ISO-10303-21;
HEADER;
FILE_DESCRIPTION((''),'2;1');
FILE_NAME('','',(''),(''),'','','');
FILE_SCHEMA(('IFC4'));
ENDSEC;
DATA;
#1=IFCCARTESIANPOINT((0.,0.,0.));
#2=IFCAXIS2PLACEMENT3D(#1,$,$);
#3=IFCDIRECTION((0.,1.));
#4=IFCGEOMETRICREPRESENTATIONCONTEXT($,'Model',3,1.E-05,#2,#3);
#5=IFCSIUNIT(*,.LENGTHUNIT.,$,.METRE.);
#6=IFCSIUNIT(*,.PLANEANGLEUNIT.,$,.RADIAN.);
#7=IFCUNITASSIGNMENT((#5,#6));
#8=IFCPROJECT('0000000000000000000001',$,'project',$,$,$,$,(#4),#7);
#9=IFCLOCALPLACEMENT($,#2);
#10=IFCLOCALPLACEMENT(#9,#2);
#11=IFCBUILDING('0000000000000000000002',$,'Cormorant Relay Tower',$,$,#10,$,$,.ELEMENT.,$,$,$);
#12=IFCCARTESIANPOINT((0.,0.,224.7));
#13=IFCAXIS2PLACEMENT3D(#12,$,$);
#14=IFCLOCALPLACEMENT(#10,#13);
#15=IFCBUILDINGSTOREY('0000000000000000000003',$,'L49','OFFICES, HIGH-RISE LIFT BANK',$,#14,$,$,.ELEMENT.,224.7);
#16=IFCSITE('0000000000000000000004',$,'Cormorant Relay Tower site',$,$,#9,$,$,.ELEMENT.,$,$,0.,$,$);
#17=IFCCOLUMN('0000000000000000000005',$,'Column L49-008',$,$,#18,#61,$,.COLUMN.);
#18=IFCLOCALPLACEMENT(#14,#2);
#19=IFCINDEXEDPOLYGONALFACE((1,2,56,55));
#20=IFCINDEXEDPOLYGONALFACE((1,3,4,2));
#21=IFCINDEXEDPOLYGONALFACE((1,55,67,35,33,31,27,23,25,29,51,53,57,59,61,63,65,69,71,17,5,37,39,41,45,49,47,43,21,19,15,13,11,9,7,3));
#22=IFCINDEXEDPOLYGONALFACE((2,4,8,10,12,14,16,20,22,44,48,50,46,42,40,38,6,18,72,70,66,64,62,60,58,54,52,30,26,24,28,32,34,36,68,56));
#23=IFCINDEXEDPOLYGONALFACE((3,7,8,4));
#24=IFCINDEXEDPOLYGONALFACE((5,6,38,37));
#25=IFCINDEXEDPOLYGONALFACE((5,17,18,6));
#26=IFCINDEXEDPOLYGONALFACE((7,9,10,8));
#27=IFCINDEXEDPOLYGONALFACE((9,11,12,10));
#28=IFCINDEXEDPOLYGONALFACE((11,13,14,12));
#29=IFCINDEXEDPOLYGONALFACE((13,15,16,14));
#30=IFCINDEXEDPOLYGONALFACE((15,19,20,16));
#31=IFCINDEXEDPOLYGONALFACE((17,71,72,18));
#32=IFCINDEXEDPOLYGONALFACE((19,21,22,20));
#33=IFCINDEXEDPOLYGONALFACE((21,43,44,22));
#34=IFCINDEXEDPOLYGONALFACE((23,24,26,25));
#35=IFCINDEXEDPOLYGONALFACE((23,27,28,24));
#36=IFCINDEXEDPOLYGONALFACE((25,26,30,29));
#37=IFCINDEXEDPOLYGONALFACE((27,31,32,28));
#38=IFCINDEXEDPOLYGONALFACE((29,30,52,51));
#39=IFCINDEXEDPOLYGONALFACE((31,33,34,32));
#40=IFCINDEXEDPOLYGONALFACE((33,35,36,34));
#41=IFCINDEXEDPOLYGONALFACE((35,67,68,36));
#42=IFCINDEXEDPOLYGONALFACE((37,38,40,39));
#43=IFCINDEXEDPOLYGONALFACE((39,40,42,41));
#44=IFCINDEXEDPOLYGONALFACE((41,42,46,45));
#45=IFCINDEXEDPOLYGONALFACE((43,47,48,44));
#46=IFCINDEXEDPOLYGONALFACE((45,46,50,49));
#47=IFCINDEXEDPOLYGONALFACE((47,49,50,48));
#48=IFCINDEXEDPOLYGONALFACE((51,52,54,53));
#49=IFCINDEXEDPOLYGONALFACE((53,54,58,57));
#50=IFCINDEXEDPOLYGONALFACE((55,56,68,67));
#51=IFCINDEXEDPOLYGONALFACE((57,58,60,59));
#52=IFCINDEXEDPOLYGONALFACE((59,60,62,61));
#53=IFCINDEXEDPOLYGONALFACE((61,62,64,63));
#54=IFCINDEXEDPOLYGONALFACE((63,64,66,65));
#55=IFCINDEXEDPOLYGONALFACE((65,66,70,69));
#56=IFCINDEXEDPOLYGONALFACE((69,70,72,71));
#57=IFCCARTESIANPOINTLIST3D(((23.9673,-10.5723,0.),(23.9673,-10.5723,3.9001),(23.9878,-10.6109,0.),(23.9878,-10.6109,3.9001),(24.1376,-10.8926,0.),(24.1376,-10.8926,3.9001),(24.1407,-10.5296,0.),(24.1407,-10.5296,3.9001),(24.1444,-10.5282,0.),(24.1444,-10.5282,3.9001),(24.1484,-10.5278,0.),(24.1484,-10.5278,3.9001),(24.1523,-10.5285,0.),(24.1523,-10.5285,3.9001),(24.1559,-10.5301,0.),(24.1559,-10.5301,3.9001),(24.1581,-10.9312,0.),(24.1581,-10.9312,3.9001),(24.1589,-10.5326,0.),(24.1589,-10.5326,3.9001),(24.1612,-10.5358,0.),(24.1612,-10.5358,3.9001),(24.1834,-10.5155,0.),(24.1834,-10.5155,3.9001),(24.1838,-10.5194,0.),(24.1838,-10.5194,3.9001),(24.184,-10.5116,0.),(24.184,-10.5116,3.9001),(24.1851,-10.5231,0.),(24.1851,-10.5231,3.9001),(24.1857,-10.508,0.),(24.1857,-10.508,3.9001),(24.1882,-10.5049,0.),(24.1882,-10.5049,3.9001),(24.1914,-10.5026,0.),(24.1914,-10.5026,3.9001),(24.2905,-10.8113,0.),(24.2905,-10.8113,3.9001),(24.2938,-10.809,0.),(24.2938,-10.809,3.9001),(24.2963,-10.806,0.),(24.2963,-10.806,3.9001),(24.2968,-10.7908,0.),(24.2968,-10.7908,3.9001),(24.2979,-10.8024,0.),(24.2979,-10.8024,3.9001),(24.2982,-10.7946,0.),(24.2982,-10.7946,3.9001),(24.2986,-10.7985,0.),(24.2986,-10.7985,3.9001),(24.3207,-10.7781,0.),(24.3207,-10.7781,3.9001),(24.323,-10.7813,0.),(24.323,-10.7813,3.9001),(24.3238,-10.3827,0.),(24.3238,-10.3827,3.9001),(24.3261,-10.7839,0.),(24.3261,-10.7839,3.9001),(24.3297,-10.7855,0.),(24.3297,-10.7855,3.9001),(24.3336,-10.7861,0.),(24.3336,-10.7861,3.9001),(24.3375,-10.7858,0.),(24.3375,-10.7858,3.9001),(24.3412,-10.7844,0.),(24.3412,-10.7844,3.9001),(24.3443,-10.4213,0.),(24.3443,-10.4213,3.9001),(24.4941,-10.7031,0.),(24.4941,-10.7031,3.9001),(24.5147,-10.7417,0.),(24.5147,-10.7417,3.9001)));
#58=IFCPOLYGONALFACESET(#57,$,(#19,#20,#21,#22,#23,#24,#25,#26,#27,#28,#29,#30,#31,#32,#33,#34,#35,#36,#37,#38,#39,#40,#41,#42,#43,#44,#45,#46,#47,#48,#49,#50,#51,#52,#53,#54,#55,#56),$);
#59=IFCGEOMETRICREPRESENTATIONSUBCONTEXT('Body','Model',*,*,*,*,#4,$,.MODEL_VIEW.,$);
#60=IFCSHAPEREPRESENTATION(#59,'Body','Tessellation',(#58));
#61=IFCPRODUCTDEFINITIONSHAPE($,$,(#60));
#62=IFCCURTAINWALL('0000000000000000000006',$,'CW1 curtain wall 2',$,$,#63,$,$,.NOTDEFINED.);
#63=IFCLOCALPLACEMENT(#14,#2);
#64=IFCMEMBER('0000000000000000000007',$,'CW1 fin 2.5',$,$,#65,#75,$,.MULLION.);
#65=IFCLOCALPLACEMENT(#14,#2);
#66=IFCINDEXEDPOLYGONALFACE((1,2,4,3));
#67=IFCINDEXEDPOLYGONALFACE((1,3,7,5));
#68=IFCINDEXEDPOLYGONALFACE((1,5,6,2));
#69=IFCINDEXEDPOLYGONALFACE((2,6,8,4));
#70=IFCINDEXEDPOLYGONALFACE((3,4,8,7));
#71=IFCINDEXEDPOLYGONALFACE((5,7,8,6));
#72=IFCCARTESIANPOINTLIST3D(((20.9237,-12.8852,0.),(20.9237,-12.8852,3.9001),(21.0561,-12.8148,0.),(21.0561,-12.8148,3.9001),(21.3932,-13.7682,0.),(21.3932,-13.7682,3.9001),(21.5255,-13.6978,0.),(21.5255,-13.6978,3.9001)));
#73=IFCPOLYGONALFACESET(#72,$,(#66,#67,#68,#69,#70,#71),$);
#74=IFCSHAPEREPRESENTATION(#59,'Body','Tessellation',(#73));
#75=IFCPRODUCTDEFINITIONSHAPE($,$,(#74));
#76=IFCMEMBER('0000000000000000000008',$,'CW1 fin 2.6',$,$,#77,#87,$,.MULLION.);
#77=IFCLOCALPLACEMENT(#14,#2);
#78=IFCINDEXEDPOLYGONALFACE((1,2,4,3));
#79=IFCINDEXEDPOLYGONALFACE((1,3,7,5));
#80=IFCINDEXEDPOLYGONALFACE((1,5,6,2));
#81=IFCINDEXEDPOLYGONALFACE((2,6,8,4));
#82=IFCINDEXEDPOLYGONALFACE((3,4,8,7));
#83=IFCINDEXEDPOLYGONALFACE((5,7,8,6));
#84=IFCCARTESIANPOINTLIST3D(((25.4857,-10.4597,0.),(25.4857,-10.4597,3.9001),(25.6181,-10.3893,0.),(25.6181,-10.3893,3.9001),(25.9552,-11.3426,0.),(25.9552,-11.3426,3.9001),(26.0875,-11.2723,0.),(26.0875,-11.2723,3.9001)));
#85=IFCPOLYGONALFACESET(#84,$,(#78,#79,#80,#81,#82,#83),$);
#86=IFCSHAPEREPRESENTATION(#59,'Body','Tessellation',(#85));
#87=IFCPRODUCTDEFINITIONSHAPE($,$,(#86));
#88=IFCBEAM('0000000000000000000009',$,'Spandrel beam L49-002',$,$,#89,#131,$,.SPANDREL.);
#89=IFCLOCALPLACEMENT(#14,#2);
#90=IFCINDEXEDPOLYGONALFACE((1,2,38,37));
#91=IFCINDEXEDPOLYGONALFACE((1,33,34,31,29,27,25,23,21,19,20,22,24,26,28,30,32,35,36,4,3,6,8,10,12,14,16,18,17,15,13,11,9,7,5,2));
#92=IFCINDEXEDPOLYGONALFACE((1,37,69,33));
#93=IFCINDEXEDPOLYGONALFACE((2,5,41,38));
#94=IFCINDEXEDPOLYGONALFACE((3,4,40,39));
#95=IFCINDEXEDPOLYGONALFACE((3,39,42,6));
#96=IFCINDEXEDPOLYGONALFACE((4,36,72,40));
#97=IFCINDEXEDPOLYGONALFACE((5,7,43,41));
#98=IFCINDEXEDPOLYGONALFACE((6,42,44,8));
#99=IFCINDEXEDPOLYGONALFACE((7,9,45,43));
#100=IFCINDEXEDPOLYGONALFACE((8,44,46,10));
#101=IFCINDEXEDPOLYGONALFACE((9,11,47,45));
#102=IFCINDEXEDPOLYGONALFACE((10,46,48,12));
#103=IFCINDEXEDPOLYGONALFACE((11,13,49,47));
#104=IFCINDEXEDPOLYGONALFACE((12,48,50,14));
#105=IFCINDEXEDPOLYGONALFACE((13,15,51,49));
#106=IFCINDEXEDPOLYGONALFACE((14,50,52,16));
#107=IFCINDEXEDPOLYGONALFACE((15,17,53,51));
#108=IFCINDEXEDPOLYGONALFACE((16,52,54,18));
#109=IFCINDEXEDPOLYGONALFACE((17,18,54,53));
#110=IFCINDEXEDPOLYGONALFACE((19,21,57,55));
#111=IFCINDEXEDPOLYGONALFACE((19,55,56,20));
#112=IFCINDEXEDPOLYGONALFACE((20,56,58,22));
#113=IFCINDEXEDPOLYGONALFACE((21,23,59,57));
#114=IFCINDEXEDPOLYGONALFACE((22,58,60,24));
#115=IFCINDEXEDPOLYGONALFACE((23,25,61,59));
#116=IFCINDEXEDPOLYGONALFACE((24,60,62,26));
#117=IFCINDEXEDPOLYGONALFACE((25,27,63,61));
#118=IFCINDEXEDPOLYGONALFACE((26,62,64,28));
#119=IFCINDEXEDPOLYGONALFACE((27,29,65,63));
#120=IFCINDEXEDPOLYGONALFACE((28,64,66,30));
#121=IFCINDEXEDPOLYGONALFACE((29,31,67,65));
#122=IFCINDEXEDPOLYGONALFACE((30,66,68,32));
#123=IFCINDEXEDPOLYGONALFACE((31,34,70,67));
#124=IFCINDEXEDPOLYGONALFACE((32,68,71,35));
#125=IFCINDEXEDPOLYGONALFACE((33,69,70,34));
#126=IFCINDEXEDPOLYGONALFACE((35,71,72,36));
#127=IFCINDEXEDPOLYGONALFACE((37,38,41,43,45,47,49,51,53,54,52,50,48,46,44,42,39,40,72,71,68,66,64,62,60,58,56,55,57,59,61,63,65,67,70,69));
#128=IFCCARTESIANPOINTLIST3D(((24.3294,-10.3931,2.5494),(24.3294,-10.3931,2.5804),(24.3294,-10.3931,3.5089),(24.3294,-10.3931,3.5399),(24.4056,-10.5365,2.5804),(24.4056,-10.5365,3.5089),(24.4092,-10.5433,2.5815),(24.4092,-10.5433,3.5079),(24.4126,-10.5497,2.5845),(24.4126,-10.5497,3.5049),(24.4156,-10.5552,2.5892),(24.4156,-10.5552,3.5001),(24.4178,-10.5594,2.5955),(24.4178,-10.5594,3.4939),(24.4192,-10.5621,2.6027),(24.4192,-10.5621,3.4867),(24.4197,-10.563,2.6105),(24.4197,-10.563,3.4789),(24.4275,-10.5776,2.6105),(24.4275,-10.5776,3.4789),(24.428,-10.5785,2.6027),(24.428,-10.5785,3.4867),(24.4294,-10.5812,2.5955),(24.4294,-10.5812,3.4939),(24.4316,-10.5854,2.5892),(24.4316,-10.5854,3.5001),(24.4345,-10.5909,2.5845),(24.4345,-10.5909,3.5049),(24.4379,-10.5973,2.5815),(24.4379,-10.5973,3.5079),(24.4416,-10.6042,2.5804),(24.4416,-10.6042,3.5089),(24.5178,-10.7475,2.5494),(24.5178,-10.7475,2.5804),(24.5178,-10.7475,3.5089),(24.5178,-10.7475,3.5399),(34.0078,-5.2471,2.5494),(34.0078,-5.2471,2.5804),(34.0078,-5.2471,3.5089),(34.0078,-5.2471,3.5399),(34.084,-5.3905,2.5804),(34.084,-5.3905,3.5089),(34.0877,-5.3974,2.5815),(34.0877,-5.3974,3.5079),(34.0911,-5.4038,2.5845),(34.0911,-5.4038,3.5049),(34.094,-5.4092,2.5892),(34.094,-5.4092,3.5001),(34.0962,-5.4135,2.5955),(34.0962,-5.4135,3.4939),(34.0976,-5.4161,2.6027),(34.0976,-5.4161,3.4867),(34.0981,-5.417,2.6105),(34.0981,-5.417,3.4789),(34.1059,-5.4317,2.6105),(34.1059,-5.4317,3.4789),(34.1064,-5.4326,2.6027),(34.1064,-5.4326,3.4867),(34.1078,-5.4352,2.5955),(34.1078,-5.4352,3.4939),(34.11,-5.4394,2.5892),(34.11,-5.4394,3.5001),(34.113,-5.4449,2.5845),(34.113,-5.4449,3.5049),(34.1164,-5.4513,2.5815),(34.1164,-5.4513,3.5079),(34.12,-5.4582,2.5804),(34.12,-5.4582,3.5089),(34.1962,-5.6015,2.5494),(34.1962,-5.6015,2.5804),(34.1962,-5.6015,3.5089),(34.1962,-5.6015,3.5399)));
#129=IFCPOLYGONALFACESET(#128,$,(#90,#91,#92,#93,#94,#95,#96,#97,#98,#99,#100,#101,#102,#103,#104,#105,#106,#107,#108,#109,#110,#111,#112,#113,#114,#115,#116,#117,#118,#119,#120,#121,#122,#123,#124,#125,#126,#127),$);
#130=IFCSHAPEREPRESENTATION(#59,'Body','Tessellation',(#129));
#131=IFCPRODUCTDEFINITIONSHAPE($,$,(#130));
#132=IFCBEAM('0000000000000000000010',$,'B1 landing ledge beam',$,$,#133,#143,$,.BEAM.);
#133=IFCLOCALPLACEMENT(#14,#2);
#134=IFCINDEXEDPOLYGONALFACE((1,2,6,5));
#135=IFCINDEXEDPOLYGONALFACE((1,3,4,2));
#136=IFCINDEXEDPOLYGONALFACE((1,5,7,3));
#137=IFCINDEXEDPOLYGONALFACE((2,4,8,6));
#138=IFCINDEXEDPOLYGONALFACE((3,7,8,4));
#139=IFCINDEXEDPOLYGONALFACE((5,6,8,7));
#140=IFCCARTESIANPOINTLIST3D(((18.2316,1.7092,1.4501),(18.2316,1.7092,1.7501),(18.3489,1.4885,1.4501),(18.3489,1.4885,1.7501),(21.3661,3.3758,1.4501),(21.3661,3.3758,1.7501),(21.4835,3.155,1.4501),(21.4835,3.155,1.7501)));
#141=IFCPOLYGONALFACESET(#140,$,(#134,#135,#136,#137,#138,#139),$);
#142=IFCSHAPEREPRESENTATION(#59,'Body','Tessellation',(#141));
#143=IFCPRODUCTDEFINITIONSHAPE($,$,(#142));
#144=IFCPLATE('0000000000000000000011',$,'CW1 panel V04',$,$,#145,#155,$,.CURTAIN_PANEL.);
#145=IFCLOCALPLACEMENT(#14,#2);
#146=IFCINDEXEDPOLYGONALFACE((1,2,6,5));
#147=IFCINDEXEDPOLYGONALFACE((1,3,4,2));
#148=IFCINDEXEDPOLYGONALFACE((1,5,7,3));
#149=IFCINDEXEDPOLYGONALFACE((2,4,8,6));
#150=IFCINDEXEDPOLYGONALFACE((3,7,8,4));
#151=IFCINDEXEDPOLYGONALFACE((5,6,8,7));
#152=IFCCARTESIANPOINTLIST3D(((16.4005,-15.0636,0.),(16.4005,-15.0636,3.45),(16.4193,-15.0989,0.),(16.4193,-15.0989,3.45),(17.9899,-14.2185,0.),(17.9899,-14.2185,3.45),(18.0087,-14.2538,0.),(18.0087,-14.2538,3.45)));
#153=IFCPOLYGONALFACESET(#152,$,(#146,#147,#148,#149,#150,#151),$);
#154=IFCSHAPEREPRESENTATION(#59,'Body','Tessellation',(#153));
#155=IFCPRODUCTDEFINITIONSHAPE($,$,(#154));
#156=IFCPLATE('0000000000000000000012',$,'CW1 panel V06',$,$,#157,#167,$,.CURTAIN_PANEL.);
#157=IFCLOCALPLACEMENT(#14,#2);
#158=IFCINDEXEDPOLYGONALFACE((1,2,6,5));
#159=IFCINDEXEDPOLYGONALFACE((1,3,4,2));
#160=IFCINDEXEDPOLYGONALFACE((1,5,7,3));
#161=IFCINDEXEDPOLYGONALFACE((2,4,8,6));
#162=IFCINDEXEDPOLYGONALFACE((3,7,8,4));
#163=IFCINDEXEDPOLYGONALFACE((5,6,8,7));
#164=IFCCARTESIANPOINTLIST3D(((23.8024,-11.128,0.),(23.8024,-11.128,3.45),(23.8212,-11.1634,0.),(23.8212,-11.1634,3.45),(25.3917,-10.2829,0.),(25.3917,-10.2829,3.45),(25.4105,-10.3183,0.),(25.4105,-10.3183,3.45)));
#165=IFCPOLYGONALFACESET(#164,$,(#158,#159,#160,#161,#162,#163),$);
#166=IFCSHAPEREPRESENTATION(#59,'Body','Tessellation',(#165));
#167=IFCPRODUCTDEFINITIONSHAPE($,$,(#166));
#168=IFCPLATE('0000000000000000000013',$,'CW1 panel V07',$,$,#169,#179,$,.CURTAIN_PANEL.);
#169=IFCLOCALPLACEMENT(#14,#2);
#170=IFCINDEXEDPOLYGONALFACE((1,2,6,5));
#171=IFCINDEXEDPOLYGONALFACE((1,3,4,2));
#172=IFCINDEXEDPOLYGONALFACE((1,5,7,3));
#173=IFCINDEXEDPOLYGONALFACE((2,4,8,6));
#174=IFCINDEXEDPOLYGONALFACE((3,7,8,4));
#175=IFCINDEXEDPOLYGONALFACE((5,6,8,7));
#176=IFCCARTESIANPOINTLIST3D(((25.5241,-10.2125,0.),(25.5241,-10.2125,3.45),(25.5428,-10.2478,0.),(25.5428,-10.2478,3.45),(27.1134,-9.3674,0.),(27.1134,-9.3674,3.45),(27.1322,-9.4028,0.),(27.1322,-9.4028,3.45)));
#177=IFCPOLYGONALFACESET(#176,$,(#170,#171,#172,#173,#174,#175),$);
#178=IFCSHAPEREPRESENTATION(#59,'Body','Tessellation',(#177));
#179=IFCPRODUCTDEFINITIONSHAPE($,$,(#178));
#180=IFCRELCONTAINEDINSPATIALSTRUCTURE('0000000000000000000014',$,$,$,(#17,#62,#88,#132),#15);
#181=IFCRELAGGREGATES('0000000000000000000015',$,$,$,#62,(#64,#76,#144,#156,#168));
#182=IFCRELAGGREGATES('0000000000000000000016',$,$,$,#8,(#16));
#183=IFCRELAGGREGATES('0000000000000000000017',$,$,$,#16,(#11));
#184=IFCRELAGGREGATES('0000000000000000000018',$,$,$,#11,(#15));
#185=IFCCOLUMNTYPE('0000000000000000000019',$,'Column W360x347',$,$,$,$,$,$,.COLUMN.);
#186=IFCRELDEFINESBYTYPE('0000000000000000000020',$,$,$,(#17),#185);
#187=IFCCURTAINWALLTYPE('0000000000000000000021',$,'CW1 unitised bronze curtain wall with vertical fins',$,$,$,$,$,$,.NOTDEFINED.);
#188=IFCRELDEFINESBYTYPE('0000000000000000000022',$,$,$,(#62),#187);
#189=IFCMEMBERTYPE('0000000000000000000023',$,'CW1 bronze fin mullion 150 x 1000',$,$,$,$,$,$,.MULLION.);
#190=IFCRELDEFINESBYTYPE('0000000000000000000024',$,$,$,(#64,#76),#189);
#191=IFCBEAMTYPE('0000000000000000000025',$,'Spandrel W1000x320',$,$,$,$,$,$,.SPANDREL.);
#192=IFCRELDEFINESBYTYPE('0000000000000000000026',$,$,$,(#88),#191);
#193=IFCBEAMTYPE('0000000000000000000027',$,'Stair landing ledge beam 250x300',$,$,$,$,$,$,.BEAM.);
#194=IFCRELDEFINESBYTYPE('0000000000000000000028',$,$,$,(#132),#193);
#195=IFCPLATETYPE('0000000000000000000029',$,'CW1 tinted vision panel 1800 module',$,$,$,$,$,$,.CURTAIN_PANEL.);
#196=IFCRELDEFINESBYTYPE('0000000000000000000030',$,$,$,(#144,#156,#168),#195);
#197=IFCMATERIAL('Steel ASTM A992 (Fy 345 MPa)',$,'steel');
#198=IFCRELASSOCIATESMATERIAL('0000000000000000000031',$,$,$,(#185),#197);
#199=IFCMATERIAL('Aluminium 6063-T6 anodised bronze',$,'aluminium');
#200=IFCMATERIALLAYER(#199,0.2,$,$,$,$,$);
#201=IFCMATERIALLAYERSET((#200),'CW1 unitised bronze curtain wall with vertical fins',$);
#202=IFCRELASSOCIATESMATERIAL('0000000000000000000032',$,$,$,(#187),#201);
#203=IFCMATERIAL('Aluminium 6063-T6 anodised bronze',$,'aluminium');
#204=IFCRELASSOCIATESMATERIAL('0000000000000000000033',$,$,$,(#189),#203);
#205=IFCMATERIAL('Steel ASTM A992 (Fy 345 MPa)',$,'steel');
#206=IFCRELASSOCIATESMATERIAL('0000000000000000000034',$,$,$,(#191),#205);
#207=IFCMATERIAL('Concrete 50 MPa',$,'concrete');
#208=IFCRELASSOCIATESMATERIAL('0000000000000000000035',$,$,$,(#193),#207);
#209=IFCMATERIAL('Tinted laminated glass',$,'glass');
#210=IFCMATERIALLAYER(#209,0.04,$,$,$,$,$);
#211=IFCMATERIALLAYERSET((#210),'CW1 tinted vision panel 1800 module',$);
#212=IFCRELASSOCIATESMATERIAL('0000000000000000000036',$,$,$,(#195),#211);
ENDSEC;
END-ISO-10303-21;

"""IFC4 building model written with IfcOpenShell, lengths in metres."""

from ifc_helpers import new_model, si_unit, direction, frame, origin, origin_2d, place, context, subcontext, project, spatial, rectangle, i_section, extrude, material, layer, layer_set, material_profile, profile_set, type_object, element, aggregate, save


model = new_model("IFC4")

# Units and contexts
model_context = context("Model", 3, precision=1e-05, world=origin(), true_north=direction((0.0, 1.0)))
body_context = subcontext(model_context, "Body", "Model", "MODEL_VIEW")
ifc_project = project(units=[si_unit("LENGTHUNIT", "METRE"), si_unit("PLANEANGLEUNIT", "RADIAN")], contexts=[model_context])

# Site, building, storey
site_placement = place(None, origin())
site = spatial("IfcSite", under=ifc_project, at=site_placement, Name="Cormorant Relay Tower site", CompositionType="ELEMENT", RefElevation=0.0)
building_placement = place(site_placement, origin())
building = spatial("IfcBuilding", under=site, at=building_placement, Name="Cormorant Relay Tower", CompositionType="ELEMENT")
storey_placement = place(building_placement, frame((0.0, 0.0, 224.7)))
storey = spatial("IfcBuildingStorey", under=building, at=storey_placement, Name="L49", Description="OFFICES, HIGH-RISE LIFT BANK", CompositionType="ELEMENT", Elevation=224.7)

# Column
ifc_material_1 = material(Name="Steel ASTM A992 (Fy 345 MPa)", Category="steel")
ifc_material_profile_1 = material_profile(ifc_material_1, i_section(OverallWidth=0.4038, OverallDepth=0.4065, WebThickness=0.0271, FlangeThickness=0.0437, FilletRadius=0.0151, at=origin_2d()), Name="W360x347")
ifc_profile_set_1 = profile_set([ifc_material_profile_1], Name="Steel ASTM A992 (Fy 345 MPa)")
column_type = type_object("IfcColumnType", Name="Column W360x347", PredefinedType="COLUMN", material=ifc_profile_set_1)
column_placement = place(storey_placement, frame((24.241, -10.657, 0.0), z_axis=(0.0, 0.0, 1.0), x_axis=(0.882948, 0.469472, 0.0)))
element("IfcColumn", 1, at=column_placement, inside=storey, type_object=column_type, Name="Column L49-008", PredefinedType="COLUMN", context=body_context, shape_type="SweptSolid", body=[
    extrude(i_section(OverallWidth=0.4038, OverallDepth=0.4065, WebThickness=0.0271, FlangeThickness=0.0437, FilletRadius=0.0151, at=origin_2d()), origin(), (0.0, 0.0, 1.0), 3.9001),
])

# Curtain wall, members
ifc_material_2 = material(Name="Aluminium 6063-T6 anodised bronze", Category="aluminium")
ifc_layer_1 = layer(ifc_material_2, 0.2)
ifc_layer_set_1 = layer_set([ifc_layer_1], Name="CW1 unitised bronze curtain wall with vertical fins")
curtain_wall_type = type_object("IfcCurtainWallType", Name="CW1 unitised bronze curtain wall with vertical fins", PredefinedType="NOTDEFINED", material=ifc_layer_set_1)
curtain_wall_placement = place(storey_placement, origin())
curtain_wall = element("IfcCurtainWall", 2, at=curtain_wall_placement, inside=storey, type_object=curtain_wall_type, Name="CW1 curtain wall 2", PredefinedType="NOTDEFINED")
ifc_material_3 = material(Name="Aluminium 6063-T6 anodised bronze", Category="aluminium")
ifc_material_profile_2 = material_profile(ifc_material_3, rectangle(XDim=0.1499, YDim=1.0, at=origin_2d()), Name="AL 150x1000")
ifc_profile_set_2 = profile_set([ifc_material_profile_2], Name="Aluminium 6063-T6 anodised bronze")
member_type = type_object("IfcMemberType", Name="CW1 bronze fin mullion 150 x 1000", PredefinedType="MULLION", material=ifc_profile_set_2)
member_1_placement = place(storey_placement, frame((21.2246, -13.2915, 0.0), z_axis=(0.0, 0.0, 1.0), x_axis=(0.882948, 0.469472, 0.0)))
member_1 = element("IfcMember", 3, at=member_1_placement, type_object=member_type, Name="CW1 fin 2.5", PredefinedType="MULLION", context=body_context, shape_type="SweptSolid", body=[
    extrude(rectangle(XDim=0.1499, YDim=1.0, at=origin_2d()), origin(), (0.0, 0.0, 1.0), 3.9001),
])
member_2_placement = place(storey_placement, frame((25.7866, -10.866, 0.0), z_axis=(0.0, 0.0, 1.0), x_axis=(0.882948, 0.469472, 0.0)))
member_2 = element("IfcMember", 4, at=member_2_placement, type_object=member_type, Name="CW1 fin 2.6", PredefinedType="MULLION", context=body_context, shape_type="SweptSolid", body=[
    extrude(rectangle(XDim=0.1499, YDim=1.0, at=origin_2d()), origin(), (0.0, 0.0, 1.0), 3.9001),
])

# Beams
ifc_material_4 = material(Name="Steel ASTM A992 (Fy 345 MPa)", Category="steel")
ifc_material_profile_3 = material_profile(ifc_material_4, i_section(OverallWidth=0.4014, OverallDepth=0.9905, WebThickness=0.0166, FlangeThickness=0.031, FilletRadius=0.03, at=origin_2d()), Name="W1000x320")
ifc_profile_set_3 = profile_set([ifc_material_profile_3], Name="Steel ASTM A992 (Fy 345 MPa)")
beam_type_1 = type_object("IfcBeamType", Name="Spandrel W1000x320", PredefinedType="SPANDREL", material=ifc_profile_set_3)
beam_1_placement = place(storey_placement, frame((24.4236, -10.5703, 3.0447), z_axis=(0.882953, 0.469462, 0.0), x_axis=(-0.469462, 0.882953, 0.0)))
element("IfcBeam", 5, at=beam_1_placement, inside=storey, type_object=beam_type_1, Name="Spandrel beam L49-002", PredefinedType="SPANDREL", context=body_context, shape_type="SweptSolid", body=[
    extrude(i_section(OverallWidth=0.4014, OverallDepth=0.9905, WebThickness=0.0166, FlangeThickness=0.031, FilletRadius=0.03, at=origin_2d()), origin(), (0.0, 0.0, 1.0), 10.9614),
])
ifc_material_5 = material(Name="Concrete 50 MPa", Category="concrete")
ifc_material_profile_4 = material_profile(ifc_material_5, rectangle(XDim=0.25, YDim=0.3, at=origin_2d()), Name="RC 250x300")
ifc_profile_set_4 = profile_set([ifc_material_profile_4], Name="Concrete 50 MPa")
beam_type_2 = type_object("IfcBeamType", Name="Stair landing ledge beam 250x300", PredefinedType="BEAM", material=ifc_profile_set_4)
beam_2_placement = place(storey_placement, frame((21.4248, 3.2654, 1.6001), z_axis=(-0.882965, -0.469438, 0.0), x_axis=(0.469438, -0.882965, 0.0)))
element("IfcBeam", 6, at=beam_2_placement, inside=storey, type_object=beam_type_2, Name="B1 landing ledge beam", PredefinedType="BEAM", context=body_context, shape_type="SweptSolid", body=[
    extrude(rectangle(XDim=0.25, YDim=0.3, at=origin_2d()), origin(), (0.0, 0.0, 1.0), 3.55),
])

# Plates
ifc_material_6 = material(Name="Tinted laminated glass", Category="glass")
ifc_layer_2 = layer(ifc_material_6, 0.04)
ifc_layer_set_2 = layer_set([ifc_layer_2], Name="CW1 tinted vision panel 1800 module")
plate_type = type_object("IfcPlateType", Name="CW1 tinted vision panel 1800 module", PredefinedType="CURTAIN_PANEL", material=ifc_layer_set_2)
plate_1_placement = place(storey_placement, frame((17.2046, -14.6587, 0.0), z_axis=(0.0, 0.0, 1.0), x_axis=(0.882948, 0.469472, 0.0)))
plate_1 = element("IfcPlate", 7, at=plate_1_placement, type_object=plate_type, Name="CW1 panel V04", PredefinedType="CURTAIN_PANEL", context=body_context, shape_type="SweptSolid", body=[
    extrude(rectangle(XDim=1.8, YDim=0.04, at=origin_2d()), origin(), (0.0, 0.0, 1.0), 3.45),
])
plate_2_placement = place(storey_placement, frame((24.6064, -10.7231, 0.0), z_axis=(0.0, 0.0, 1.0), x_axis=(0.882948, 0.469472, 0.0)))
plate_2 = element("IfcPlate", 8, at=plate_2_placement, type_object=plate_type, Name="CW1 panel V06", PredefinedType="CURTAIN_PANEL", context=body_context, shape_type="SweptSolid", body=[
    extrude(rectangle(XDim=1.8, YDim=0.04, at=origin_2d()), origin(), (0.0, 0.0, 1.0), 3.45),
])
plate_3_placement = place(storey_placement, frame((26.3281, -9.8076, 0.0), z_axis=(0.0, 0.0, 1.0), x_axis=(0.882948, 0.469472, 0.0)))
plate_3 = element("IfcPlate", 9, at=plate_3_placement, type_object=plate_type, Name="CW1 panel V07", PredefinedType="CURTAIN_PANEL", context=body_context, shape_type="SweptSolid", body=[
    extrude(rectangle(XDim=1.8, YDim=0.04, at=origin_2d()), origin(), (0.0, 0.0, 1.0), 3.45),
])

aggregate(curtain_wall, [member_1, member_2, plate_1, plate_2, plate_3])

save(model, "model.ifc")
